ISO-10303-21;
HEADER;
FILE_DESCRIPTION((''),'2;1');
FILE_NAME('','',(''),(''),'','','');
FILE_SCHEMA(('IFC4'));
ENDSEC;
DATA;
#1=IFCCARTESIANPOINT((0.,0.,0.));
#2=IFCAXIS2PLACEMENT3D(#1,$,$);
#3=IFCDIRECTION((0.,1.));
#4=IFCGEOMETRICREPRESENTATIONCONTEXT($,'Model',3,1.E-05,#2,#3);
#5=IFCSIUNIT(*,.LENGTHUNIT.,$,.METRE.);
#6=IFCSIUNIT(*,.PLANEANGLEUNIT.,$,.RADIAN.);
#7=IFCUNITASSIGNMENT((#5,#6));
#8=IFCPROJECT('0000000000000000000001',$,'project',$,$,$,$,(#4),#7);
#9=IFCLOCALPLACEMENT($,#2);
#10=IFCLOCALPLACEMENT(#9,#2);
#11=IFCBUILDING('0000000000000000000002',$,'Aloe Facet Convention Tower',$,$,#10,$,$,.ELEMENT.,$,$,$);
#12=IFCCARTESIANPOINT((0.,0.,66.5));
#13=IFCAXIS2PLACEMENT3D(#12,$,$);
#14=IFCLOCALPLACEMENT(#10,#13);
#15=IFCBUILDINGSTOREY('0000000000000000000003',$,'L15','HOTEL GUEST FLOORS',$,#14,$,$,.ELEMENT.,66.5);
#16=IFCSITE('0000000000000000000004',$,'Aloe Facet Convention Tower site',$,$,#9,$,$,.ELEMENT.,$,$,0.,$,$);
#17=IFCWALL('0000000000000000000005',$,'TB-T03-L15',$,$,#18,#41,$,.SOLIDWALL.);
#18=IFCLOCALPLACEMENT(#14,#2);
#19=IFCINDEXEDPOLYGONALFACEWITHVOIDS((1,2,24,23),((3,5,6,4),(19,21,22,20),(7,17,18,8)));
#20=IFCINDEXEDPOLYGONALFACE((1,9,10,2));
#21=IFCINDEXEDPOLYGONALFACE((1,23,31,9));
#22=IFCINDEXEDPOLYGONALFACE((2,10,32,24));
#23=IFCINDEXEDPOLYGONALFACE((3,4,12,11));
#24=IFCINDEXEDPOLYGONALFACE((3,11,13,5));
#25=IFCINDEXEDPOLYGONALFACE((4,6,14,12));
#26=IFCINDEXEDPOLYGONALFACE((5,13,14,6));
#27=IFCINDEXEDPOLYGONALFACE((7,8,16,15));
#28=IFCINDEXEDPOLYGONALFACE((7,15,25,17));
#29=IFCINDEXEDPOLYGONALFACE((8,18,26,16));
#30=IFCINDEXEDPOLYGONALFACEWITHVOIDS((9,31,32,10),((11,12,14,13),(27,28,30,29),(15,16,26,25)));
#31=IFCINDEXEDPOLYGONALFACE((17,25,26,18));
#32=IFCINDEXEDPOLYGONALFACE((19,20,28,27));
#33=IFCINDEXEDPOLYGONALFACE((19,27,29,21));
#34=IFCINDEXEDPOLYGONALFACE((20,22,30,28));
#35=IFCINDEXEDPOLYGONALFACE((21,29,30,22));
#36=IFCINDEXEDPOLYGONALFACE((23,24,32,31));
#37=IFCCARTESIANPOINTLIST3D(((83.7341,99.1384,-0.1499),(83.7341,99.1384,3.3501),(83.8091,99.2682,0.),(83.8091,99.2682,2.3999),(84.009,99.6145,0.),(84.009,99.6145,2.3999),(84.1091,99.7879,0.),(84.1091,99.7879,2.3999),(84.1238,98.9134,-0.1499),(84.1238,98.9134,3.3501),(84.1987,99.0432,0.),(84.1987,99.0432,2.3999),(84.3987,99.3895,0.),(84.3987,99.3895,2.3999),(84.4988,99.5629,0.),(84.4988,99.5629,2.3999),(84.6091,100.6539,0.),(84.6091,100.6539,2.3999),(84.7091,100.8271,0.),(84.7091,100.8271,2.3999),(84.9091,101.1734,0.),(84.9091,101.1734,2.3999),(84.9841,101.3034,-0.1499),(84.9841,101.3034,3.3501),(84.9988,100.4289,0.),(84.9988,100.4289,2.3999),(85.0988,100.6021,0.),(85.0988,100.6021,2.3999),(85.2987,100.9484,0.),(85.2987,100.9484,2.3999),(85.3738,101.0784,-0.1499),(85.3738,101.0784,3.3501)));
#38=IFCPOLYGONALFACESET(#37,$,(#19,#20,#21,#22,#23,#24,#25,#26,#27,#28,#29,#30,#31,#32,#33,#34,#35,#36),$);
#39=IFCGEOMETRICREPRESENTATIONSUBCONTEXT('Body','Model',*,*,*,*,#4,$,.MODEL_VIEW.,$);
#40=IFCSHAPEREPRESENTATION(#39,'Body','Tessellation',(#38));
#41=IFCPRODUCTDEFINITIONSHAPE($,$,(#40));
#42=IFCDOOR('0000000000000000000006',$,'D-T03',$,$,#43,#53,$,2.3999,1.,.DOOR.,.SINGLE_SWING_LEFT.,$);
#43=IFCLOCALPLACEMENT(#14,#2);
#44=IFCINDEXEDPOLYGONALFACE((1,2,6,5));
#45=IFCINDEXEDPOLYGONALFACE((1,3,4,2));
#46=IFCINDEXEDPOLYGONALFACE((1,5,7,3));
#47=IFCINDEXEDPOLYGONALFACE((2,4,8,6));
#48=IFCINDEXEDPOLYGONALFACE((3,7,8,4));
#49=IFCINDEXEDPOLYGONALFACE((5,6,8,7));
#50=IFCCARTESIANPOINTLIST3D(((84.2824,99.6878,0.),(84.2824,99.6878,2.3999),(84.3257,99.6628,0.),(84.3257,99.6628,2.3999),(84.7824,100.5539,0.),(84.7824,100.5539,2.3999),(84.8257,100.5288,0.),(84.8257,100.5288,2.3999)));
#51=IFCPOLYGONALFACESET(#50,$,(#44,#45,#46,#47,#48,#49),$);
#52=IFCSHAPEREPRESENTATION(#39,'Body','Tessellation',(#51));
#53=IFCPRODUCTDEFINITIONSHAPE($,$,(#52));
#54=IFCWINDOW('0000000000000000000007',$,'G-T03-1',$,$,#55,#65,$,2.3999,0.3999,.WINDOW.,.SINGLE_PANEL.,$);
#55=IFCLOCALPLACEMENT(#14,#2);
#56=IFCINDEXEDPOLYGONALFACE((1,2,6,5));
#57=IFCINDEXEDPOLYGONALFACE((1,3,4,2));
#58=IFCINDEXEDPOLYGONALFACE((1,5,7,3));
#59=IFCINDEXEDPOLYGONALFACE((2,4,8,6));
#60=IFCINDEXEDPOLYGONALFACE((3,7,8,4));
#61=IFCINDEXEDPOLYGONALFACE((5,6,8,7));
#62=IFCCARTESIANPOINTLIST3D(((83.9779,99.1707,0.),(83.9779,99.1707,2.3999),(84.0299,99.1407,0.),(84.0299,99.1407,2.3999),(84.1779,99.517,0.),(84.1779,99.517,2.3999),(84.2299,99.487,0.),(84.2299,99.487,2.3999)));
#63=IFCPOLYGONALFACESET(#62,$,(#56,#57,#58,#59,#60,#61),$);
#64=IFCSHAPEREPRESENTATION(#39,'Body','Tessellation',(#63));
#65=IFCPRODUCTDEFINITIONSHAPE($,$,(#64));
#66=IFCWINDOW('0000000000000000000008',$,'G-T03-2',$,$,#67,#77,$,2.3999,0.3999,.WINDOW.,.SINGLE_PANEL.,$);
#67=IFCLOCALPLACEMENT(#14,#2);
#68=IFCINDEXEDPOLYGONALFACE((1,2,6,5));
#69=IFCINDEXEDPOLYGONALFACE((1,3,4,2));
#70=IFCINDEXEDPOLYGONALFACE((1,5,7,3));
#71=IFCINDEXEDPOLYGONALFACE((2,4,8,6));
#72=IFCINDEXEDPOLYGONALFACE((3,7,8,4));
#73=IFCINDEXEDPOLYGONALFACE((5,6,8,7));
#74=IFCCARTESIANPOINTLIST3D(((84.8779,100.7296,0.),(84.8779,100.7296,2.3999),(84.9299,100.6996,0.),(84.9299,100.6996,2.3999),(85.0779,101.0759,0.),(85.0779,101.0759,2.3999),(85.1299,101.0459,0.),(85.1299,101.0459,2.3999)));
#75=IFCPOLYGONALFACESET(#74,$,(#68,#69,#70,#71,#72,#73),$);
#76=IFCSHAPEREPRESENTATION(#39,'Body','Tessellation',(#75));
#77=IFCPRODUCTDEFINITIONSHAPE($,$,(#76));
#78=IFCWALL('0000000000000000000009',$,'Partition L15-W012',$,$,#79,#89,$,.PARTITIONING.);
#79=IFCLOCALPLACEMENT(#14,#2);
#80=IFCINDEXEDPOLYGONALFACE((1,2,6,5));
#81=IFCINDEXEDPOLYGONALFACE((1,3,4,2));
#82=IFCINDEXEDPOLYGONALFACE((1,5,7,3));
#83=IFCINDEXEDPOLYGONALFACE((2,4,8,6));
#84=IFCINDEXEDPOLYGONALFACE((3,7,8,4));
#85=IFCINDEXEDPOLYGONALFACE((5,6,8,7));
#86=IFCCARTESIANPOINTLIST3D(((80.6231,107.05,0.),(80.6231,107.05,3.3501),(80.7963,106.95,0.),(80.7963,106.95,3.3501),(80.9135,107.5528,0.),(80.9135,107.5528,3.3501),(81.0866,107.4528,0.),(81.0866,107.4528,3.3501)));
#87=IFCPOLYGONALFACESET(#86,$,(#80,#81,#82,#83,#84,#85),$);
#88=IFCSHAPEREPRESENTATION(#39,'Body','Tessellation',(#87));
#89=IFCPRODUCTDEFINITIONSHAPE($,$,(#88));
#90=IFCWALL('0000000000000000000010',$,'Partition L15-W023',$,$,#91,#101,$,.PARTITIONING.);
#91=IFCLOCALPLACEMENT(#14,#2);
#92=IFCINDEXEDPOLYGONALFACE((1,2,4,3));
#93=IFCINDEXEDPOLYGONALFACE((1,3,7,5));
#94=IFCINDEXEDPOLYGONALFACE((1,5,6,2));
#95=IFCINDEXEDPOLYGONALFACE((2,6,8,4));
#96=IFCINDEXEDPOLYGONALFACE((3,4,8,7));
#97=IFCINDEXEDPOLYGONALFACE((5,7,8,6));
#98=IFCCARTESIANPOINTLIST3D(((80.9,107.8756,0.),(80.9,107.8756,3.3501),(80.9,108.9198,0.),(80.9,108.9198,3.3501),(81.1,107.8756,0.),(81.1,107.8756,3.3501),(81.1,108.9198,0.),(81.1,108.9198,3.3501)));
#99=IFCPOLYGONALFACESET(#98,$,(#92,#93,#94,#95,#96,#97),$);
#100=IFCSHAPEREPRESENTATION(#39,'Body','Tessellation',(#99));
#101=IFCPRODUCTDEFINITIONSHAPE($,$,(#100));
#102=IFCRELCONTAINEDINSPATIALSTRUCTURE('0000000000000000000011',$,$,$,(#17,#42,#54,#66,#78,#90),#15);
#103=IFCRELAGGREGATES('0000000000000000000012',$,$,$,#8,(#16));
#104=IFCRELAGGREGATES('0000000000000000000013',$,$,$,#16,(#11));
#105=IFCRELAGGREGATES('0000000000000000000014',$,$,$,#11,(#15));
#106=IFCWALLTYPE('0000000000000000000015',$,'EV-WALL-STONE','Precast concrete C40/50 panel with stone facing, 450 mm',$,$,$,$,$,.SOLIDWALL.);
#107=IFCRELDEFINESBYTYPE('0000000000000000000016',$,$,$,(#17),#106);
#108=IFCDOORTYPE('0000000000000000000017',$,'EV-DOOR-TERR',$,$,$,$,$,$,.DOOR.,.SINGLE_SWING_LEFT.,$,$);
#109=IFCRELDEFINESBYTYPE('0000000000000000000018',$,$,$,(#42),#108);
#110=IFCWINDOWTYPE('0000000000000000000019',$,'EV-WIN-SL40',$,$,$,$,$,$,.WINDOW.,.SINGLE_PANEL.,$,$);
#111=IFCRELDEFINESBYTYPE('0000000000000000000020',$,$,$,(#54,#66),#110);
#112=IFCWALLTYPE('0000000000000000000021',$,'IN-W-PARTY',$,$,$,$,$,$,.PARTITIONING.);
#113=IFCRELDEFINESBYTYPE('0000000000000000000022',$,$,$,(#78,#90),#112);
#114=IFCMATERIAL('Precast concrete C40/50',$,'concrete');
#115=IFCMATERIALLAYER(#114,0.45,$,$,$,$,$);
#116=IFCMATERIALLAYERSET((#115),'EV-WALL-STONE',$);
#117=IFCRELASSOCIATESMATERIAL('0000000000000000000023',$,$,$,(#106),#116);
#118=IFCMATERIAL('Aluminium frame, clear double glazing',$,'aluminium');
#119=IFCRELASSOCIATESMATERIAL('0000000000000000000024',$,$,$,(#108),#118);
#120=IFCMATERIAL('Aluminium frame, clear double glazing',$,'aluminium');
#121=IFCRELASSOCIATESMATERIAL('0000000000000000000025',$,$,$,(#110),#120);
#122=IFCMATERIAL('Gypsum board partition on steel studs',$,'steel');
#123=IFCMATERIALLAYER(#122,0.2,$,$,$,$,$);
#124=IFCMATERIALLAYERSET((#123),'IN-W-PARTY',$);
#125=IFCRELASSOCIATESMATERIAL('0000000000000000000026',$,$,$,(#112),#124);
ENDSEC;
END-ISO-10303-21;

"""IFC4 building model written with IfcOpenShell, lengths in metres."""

from ifc_helpers import new_model, si_unit, direction, frame, frame_2d, origin, place, context, subcontext, project, spatial, rectangle, extrude, material, layer, layer_set, type_object, element, fill, save


model = new_model("IFC4")

# Units and contexts
model_context = context("Model", 3, precision=1e-05, world=origin(), true_north=direction((0.0, 1.0)))
body_context = subcontext(model_context, "Body", "Model", "MODEL_VIEW")
ifc_project = project(units=[si_unit("LENGTHUNIT", "METRE"), si_unit("PLANEANGLEUNIT", "RADIAN")], contexts=[model_context])

# Site, building, storey
site_placement = place(None, origin())
site = spatial("IfcSite", under=ifc_project, at=site_placement, Name="Aloe Facet Convention Tower site", CompositionType="ELEMENT", RefElevation=0.0)
building_placement = place(site_placement, origin())
building = spatial("IfcBuilding", under=site, at=building_placement, Name="Aloe Facet Convention Tower", CompositionType="ELEMENT")
storey_placement = place(building_placement, frame((0.0, 0.0, 66.5)))
storey = spatial("IfcBuildingStorey", under=building, at=storey_placement, Name="L15", Description="HOTEL GUEST FLOORS", CompositionType="ELEMENT", Elevation=66.5)

# Shared definitions
ifc_material_1 = material(Name="Precast concrete C40/50", Category="concrete")
ifc_layer_1 = layer(ifc_material_1, 0.45)
ifc_layer_set_1 = layer_set([ifc_layer_1], Name="EV-WALL-STONE")
wall_type_1 = type_object("IfcWallType", Name="EV-WALL-STONE", Description="Precast concrete C40/50 panel with stone facing, 450 mm", PredefinedType="SOLIDWALL", material=ifc_layer_set_1)

# Wall, openings, door, windows
wall_1_placement = place(storey_placement, frame((83.929, 99.0259, -0.1499), z_axis=(0.0, 0.0, 1.0), x_axis=(0.500004, 0.866023, 0.0)))
wall_1 = element("IfcWall", 1, at=wall_1_placement, inside=storey, type_object=wall_type_1, Name="TB-T03-L15", PredefinedType="SOLIDWALL", context=body_context, shape_type="SweptSolid", body=[
    extrude(rectangle(XDim=2.5, YDim=0.45, at=frame_2d((1.25, 0.0))), origin(), (0.0, 0.0, 1.0), 3.5),
])
opening_1_placement = place(wall_1_placement, frame((0.75, 0.0, 0.1499)))
opening_1 = element("IfcOpeningElement", 2, at=opening_1_placement, cuts=wall_1, PredefinedType="OPENING", context=body_context, shape_type="SweptSolid", body=[
    extrude(rectangle(XDim=1.0, YDim=2.3999, at=frame_2d((0.5, 1.2))), frame((0.0, 0.2349, 0.0), z_axis=(0.0, -1.0, 0.0), x_axis=(1.0, 0.0, 0.0)), (0.0, 0.0, 1.0), 0.47),
])
opening_2_placement = place(wall_1_placement, frame((0.1499, 0.0, 0.1499)))
opening_2 = element("IfcOpeningElement", 3, at=opening_2_placement, cuts=wall_1, PredefinedType="OPENING", context=body_context, shape_type="SweptSolid", body=[
    extrude(rectangle(XDim=0.3999, YDim=2.3999, at=frame_2d((0.2, 1.2))), frame((0.0, 0.2349, 0.0), z_axis=(0.0, -1.0, 0.0), x_axis=(1.0, 0.0, 0.0)), (0.0, 0.0, 1.0), 0.47),
])
opening_3_placement = place(wall_1_placement, frame((1.95, 0.0, 0.1499)))
opening_3 = element("IfcOpeningElement", 4, at=opening_3_placement, cuts=wall_1, PredefinedType="OPENING", context=body_context, shape_type="SweptSolid", body=[
    extrude(rectangle(XDim=0.3999, YDim=2.3999, at=frame_2d((0.2, 1.2))), frame((0.0, 0.2349, 0.0), z_axis=(0.0, -1.0, 0.0), x_axis=(1.0, 0.0, 0.0)), (0.0, 0.0, 1.0), 0.47),
])
ifc_material_2 = material(Name="Aluminium frame, clear double glazing", Category="aluminium")
door_type = type_object("IfcDoorType", Name="EV-DOOR-TERR", OperationType="SINGLE_SWING_LEFT", PredefinedType="DOOR", material=ifc_material_2)
door_placement = place(opening_1_placement, origin())
door = element("IfcDoor", 5, at=door_placement, inside=storey, type_object=door_type, Name="D-T03", OperationType="SINGLE_SWING_LEFT", OverallHeight=2.3999, OverallWidth=1.0, PredefinedType="DOOR", context=body_context, shape_type="SweptSolid", body=[
    extrude(rectangle(XDim=1.0, YDim=2.3999, at=frame_2d((0.5, 1.2))), frame((0.0, 0.0249, 0.0), z_axis=(0.0, -1.0, 0.0), x_axis=(1.0, 0.0, 0.0)), (0.0, 0.0, 1.0), 0.05),
])
fill(opening_1, door)
ifc_material_3 = material(Name="Aluminium frame, clear double glazing", Category="aluminium")
window_type_1 = type_object("IfcWindowType", Name="EV-WIN-SL40", PartitioningType="SINGLE_PANEL", PredefinedType="WINDOW", material=ifc_material_3)
window_1_placement = place(opening_2_placement, origin())
window_1 = element("IfcWindow", 6, at=window_1_placement, inside=storey, type_object=window_type_1, Name="G-T03-1", OverallHeight=2.3999, OverallWidth=0.3999, PartitioningType="SINGLE_PANEL", PredefinedType="WINDOW", context=body_context, shape_type="SweptSolid", body=[
    extrude(rectangle(XDim=0.3999, YDim=2.3999, at=frame_2d((0.2, 1.2))), frame((0.0, 0.03, 0.0), z_axis=(0.0, -1.0, 0.0), x_axis=(1.0, 0.0, 0.0)), (0.0, 0.0, 1.0), 0.0601),
])
fill(opening_2, window_1)
window_2_placement = place(opening_3_placement, origin())
window_2 = element("IfcWindow", 7, at=window_2_placement, inside=storey, type_object=window_type_1, Name="G-T03-2", OverallHeight=2.3999, OverallWidth=0.3999, PartitioningType="SINGLE_PANEL", PredefinedType="WINDOW", context=body_context, shape_type="SweptSolid", body=[
    extrude(rectangle(XDim=0.3999, YDim=2.3999, at=frame_2d((0.2, 1.2))), frame((0.0, 0.03, 0.0), z_axis=(0.0, -1.0, 0.0), x_axis=(1.0, 0.0, 0.0)), (0.0, 0.0, 1.0), 0.0601),
])
fill(opening_3, window_2)

# Walls
ifc_material_4 = material(Name="Gypsum board partition on steel studs", Category="steel")
ifc_layer_2 = layer(ifc_material_4, 0.2)
ifc_layer_set_2 = layer_set([ifc_layer_2], Name="IN-W-PARTY")
wall_type_2 = type_object("IfcWallType", Name="IN-W-PARTY", PredefinedType="PARTITIONING", material=ifc_layer_set_2)
wall_2_placement = place(storey_placement, frame((80.7097, 107.0, 0.0), z_axis=(0.0, 0.0, 1.0), x_axis=(0.500074, 0.865982, 0.0)))
element("IfcWall", 8, at=wall_2_placement, inside=storey, type_object=wall_type_2, Name="Partition L15-W012", PredefinedType="PARTITIONING", context=body_context, shape_type="SweptSolid", body=[
    extrude(rectangle(XDim=0.5806, YDim=0.2, at=frame_2d((0.2903, 0.0))), origin(), (0.0, 0.0, 1.0), 3.3501),
])
wall_3_placement = place(storey_placement, frame((81.0, 107.8757, 0.0), z_axis=(0.0, 0.0, 1.0), x_axis=(0.0, 1.0, 0.0)))
element("IfcWall", 9, at=wall_3_placement, inside=storey, type_object=wall_type_2, Name="Partition L15-W023", PredefinedType="PARTITIONING", context=body_context, shape_type="SweptSolid", body=[
    extrude(rectangle(XDim=1.0442, YDim=0.2, at=frame_2d((0.522, 0.0))), origin(), (0.0, 0.0, 1.0), 3.3501),
])

save(model, "model.ifc")
